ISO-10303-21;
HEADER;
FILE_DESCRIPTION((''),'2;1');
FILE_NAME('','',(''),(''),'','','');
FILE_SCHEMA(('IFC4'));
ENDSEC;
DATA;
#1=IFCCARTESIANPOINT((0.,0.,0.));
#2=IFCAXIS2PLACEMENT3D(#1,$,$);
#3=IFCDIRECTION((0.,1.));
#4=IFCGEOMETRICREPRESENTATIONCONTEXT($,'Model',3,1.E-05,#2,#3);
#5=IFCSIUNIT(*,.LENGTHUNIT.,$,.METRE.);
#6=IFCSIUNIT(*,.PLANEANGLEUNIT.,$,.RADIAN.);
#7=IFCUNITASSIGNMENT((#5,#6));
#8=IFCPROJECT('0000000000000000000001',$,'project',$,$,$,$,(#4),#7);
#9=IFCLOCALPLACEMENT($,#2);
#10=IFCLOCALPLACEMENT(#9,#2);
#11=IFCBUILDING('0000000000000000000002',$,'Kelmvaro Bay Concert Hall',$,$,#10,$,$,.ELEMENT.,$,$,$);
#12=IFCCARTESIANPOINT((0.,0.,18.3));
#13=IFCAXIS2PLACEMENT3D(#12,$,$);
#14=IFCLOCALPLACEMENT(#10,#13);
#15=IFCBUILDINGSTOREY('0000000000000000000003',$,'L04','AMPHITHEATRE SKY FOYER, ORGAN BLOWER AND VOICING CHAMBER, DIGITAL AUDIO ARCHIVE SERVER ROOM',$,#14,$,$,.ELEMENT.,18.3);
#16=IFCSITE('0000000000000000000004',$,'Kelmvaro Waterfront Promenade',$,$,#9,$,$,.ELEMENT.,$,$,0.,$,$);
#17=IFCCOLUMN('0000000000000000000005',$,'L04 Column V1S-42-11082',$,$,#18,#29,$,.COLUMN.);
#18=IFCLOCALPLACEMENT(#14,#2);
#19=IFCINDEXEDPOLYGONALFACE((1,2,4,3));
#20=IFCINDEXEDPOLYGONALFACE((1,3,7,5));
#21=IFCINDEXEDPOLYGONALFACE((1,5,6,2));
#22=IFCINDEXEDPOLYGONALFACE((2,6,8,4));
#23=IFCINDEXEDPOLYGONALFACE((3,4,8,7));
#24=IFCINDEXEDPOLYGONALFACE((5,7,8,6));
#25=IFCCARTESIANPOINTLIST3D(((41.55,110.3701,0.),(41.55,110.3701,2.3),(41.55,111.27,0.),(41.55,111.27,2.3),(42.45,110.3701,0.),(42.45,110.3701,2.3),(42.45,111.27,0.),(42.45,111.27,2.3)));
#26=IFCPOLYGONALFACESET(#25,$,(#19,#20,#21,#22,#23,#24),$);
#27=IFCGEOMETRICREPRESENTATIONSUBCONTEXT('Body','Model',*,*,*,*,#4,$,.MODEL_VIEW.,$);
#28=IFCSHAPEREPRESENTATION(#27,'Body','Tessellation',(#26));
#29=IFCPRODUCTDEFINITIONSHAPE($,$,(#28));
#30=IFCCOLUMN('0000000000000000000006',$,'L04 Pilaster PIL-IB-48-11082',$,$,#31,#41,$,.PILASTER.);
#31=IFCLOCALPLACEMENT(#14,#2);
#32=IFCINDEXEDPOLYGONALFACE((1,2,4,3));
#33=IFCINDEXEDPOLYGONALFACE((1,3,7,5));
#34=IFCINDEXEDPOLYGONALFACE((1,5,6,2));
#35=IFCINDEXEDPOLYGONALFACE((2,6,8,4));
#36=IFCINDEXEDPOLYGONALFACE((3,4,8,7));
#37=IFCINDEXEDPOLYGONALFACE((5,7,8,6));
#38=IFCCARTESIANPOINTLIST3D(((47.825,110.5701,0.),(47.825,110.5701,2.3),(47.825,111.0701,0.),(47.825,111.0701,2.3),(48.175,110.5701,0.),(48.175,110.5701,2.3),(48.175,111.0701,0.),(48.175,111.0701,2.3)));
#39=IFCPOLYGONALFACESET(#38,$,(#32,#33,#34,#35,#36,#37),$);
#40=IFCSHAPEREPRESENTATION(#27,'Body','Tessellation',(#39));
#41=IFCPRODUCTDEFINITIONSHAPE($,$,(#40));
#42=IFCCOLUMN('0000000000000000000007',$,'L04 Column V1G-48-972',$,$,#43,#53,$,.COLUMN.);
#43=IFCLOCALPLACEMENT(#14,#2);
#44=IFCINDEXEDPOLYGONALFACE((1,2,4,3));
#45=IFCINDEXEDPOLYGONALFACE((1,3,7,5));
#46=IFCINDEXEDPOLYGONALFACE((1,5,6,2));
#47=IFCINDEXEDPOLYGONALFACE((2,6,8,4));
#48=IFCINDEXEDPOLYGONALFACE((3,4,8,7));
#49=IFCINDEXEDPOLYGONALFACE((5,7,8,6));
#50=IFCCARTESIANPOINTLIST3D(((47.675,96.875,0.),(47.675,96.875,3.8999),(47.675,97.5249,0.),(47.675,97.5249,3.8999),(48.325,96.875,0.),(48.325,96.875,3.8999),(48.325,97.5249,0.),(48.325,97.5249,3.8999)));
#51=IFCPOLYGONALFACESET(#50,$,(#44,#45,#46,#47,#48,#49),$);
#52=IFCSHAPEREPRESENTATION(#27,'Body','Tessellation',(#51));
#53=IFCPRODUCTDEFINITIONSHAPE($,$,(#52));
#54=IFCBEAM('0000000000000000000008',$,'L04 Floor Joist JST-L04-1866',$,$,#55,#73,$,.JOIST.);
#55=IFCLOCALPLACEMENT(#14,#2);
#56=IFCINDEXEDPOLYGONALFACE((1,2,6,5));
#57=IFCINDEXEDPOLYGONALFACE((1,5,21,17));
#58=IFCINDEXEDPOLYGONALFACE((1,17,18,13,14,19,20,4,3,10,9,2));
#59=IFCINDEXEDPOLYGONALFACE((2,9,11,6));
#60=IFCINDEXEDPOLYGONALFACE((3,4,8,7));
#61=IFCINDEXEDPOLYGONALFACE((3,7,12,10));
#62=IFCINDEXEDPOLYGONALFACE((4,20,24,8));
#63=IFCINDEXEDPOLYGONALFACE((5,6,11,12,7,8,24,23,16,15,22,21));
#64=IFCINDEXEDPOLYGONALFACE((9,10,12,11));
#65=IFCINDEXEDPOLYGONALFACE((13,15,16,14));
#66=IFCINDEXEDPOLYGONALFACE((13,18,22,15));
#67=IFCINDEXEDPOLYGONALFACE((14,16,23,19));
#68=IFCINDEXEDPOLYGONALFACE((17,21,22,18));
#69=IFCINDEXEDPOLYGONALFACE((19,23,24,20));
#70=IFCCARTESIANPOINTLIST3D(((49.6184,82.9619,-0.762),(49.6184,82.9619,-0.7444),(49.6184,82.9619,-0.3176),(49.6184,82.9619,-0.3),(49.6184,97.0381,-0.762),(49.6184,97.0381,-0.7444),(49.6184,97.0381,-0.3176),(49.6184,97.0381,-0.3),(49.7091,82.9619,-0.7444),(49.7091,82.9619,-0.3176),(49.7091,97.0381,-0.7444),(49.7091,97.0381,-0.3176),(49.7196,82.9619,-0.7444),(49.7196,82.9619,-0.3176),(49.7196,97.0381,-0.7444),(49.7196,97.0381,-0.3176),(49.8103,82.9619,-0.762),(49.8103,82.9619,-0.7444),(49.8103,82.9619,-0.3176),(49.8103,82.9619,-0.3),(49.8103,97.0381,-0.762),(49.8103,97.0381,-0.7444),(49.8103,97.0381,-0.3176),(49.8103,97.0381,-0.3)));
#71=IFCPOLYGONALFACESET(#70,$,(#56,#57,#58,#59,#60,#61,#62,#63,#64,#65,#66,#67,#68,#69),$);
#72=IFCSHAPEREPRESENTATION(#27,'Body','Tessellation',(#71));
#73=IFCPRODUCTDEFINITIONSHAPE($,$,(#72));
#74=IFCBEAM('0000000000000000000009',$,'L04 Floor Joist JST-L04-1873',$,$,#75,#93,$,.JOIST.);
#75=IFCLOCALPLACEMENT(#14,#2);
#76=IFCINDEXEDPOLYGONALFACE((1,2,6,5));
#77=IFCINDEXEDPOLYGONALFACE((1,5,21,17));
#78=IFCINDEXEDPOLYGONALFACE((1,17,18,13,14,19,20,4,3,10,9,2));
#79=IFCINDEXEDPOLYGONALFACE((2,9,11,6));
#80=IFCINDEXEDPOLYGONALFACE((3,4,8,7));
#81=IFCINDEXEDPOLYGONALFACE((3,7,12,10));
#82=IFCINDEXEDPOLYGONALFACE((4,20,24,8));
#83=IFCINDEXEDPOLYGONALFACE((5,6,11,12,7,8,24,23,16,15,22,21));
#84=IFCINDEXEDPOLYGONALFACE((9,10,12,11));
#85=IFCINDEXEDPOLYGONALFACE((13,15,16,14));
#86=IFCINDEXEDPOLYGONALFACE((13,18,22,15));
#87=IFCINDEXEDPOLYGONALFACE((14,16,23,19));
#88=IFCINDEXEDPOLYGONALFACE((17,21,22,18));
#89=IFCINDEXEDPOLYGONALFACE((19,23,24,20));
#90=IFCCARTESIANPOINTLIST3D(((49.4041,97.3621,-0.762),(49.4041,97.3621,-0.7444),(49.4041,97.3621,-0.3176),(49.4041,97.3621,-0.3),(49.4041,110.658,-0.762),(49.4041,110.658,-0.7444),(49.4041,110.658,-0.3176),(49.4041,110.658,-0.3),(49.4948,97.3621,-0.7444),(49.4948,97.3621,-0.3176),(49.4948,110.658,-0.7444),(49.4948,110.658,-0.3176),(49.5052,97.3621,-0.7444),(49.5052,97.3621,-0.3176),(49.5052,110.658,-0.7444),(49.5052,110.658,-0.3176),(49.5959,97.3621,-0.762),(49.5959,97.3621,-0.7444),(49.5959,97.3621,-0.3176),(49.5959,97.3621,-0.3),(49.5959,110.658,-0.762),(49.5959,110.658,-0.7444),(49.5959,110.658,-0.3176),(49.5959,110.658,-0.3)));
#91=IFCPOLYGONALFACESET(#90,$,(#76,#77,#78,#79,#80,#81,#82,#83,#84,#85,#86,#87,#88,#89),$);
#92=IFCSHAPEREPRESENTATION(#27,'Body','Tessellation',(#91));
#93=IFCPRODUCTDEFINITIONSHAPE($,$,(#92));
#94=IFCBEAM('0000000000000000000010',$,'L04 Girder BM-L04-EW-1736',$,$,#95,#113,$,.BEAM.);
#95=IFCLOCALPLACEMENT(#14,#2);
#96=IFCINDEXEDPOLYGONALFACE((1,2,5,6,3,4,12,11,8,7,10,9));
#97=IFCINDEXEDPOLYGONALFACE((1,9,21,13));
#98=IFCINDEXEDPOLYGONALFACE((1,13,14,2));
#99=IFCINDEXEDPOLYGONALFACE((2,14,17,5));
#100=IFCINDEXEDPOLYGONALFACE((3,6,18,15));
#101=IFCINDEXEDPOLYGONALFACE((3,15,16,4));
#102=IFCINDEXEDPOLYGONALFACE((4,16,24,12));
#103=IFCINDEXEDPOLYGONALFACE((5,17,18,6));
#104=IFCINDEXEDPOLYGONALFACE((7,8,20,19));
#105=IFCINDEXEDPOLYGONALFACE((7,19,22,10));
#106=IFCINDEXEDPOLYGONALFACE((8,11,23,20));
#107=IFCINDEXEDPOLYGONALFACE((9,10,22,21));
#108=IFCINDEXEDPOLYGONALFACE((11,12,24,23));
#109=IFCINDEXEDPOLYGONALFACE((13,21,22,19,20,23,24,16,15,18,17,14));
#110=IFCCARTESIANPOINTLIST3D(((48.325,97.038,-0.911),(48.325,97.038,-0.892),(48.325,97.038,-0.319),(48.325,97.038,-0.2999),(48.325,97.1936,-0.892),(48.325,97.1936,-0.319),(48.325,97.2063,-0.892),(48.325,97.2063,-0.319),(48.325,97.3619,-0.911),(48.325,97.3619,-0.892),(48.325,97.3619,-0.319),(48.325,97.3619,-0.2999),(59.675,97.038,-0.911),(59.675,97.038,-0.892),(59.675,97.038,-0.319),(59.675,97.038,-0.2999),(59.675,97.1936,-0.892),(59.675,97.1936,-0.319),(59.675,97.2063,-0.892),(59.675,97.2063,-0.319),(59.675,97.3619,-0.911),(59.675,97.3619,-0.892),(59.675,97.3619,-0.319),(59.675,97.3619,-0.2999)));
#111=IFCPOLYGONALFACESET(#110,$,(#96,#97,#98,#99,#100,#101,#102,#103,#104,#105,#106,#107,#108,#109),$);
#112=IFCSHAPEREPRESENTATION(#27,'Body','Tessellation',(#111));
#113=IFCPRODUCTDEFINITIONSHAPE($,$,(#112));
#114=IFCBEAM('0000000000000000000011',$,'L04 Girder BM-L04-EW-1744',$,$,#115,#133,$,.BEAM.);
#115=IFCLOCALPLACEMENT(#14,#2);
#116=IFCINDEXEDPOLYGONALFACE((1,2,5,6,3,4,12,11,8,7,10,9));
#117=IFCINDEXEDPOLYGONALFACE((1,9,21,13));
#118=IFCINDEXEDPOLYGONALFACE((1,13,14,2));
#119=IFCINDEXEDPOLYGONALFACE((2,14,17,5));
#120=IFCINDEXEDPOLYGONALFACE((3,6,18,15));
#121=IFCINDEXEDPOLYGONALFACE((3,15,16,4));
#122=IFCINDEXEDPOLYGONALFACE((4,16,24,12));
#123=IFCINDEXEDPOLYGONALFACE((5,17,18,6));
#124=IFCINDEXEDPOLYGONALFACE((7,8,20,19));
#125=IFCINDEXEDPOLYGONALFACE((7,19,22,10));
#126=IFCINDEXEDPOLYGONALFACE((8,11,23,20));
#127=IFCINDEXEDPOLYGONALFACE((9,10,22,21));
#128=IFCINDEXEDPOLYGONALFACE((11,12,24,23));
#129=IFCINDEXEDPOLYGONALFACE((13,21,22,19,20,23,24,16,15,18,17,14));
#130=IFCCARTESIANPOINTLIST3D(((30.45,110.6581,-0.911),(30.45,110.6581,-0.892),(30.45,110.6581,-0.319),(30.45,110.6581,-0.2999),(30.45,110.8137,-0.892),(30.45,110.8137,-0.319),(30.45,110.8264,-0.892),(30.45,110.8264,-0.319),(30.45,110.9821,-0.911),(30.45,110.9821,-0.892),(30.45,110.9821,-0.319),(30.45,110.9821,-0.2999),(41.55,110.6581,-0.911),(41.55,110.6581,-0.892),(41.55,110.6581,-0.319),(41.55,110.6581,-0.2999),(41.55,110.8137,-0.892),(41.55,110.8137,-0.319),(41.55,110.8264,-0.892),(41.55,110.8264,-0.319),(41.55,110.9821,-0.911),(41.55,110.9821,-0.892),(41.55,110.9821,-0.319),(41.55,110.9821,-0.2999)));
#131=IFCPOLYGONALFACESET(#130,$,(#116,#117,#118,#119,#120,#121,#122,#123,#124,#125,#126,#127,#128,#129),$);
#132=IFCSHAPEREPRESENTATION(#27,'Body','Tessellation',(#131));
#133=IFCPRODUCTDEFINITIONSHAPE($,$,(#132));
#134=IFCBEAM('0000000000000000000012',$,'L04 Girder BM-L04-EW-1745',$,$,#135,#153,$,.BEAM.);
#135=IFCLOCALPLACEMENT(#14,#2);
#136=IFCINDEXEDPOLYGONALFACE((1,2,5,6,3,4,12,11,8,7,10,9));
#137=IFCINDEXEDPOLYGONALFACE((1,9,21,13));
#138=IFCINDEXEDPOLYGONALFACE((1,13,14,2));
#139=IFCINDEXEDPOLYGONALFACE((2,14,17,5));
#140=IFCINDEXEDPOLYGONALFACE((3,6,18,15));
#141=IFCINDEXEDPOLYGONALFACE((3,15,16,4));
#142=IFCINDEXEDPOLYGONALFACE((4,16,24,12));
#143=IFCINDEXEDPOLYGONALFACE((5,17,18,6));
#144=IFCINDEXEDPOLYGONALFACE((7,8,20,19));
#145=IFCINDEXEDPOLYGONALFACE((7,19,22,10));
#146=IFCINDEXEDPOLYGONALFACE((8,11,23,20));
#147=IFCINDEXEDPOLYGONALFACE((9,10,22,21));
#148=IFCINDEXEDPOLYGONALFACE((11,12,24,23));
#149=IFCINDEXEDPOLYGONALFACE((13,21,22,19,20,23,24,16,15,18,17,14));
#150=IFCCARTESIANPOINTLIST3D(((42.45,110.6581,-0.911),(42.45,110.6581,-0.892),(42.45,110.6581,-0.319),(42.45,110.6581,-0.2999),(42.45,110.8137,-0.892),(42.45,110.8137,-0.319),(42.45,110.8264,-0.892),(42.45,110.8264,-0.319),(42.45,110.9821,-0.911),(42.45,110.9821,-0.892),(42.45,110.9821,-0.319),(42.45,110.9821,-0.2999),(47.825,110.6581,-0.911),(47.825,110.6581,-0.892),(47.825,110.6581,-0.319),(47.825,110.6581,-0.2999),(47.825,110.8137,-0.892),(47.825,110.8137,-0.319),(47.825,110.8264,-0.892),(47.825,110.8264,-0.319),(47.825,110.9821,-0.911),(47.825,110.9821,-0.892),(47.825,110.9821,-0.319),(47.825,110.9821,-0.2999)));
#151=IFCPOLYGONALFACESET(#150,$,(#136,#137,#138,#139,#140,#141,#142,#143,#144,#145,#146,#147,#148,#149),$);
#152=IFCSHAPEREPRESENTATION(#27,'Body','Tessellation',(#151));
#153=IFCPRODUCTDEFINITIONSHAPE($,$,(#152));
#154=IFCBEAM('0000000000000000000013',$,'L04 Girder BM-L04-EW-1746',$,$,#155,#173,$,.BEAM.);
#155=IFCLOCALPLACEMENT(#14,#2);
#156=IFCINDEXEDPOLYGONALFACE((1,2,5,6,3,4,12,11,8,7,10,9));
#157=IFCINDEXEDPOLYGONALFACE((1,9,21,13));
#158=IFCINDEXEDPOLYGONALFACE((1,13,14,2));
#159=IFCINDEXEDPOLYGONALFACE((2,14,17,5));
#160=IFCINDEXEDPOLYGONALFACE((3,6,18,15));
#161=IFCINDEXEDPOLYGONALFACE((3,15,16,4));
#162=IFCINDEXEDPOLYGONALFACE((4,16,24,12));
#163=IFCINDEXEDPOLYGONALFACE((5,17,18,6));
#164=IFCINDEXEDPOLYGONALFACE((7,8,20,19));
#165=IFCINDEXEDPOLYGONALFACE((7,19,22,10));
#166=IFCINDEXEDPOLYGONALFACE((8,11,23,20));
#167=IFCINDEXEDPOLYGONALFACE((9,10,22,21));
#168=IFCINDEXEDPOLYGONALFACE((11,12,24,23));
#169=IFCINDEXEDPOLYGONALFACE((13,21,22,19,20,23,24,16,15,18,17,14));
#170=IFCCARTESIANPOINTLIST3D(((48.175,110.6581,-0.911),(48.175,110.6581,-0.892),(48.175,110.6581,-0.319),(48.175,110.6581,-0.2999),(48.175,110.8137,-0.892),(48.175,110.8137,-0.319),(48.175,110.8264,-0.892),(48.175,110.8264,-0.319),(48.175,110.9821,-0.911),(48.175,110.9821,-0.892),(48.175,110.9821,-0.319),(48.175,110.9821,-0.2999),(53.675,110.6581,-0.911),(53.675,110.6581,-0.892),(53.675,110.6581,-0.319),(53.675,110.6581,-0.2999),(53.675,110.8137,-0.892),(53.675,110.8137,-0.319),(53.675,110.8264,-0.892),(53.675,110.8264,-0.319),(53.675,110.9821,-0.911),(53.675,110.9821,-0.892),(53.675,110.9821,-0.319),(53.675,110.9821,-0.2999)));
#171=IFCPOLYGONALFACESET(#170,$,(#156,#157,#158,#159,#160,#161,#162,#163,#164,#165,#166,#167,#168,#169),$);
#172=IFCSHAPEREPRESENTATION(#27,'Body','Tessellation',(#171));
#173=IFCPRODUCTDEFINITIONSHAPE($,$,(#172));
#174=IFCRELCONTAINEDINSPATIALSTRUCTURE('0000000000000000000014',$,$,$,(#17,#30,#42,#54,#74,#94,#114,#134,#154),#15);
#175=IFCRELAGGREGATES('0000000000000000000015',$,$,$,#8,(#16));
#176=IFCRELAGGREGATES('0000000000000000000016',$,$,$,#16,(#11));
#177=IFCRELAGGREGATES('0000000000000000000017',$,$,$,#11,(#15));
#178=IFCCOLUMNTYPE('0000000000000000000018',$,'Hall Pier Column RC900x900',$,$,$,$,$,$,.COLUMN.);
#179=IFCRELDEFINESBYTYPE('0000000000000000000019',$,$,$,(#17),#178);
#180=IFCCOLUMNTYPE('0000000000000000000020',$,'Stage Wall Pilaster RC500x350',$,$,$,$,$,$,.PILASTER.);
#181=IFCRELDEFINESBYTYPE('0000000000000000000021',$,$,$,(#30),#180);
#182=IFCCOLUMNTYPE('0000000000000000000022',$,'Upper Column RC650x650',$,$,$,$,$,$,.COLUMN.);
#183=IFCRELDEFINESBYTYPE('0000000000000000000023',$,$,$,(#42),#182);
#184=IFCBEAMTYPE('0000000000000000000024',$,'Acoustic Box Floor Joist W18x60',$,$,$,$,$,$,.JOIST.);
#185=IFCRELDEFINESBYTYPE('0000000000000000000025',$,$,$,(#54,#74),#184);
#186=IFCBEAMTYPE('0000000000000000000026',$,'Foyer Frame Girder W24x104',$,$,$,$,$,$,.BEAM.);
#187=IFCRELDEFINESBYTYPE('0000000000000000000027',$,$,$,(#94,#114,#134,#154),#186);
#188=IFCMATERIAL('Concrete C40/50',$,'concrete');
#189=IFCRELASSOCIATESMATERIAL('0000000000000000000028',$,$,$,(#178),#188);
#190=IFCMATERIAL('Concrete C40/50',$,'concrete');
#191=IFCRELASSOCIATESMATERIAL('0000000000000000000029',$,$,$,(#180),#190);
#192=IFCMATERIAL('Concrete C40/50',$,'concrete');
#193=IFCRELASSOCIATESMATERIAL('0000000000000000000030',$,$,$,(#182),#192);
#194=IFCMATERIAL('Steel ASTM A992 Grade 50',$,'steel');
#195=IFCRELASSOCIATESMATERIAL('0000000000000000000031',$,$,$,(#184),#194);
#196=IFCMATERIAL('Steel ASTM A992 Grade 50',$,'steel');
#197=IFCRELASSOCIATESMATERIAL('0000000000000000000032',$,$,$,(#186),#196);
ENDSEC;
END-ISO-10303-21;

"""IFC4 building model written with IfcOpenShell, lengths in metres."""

from ifc_helpers import new_model, si_unit, direction, frame, origin, origin_2d, place, context, subcontext, project, spatial, rectangle, i_section, extrude, material, material_profile, profile_set, type_object, element, save


model = new_model("IFC4")

# Units and contexts
model_context = context("Model", 3, precision=1e-05, world=origin(), true_north=direction((0.0, 1.0)))
body_context = subcontext(model_context, "Body", "Model", "MODEL_VIEW")
ifc_project = project(units=[si_unit("LENGTHUNIT", "METRE"), si_unit("PLANEANGLEUNIT", "RADIAN")], contexts=[model_context])

# Site, building, storey
site_placement = place(None, origin())
site = spatial("IfcSite", under=ifc_project, at=site_placement, Name="Kelmvaro Waterfront Promenade", CompositionType="ELEMENT", RefElevation=0.0)
building_placement = place(site_placement, origin())
building = spatial("IfcBuilding", under=site, at=building_placement, Name="Kelmvaro Bay Concert Hall", CompositionType="ELEMENT")
storey_placement = place(building_placement, frame((0.0, 0.0, 18.3)))
storey = spatial("IfcBuildingStorey", under=building, at=storey_placement, Name="L04", Description="AMPHITHEATRE SKY FOYER, ORGAN BLOWER AND VOICING CHAMBER, DIGITAL AUDIO ARCHIVE SERVER ROOM", CompositionType="ELEMENT", Elevation=18.3)

# Columns
ifc_material_1 = material(Name="Concrete C40/50", Category="concrete")
ifc_material_profile_1 = material_profile(ifc_material_1, rectangle(XDim=0.8999, YDim=0.8999, at=origin_2d()), Name="RC-COL-900X900")
ifc_profile_set_1 = profile_set([ifc_material_profile_1], Name="Concrete C40/50")
column_type_1 = type_object("IfcColumnType", Name="Hall Pier Column RC900x900", PredefinedType="COLUMN", material=ifc_profile_set_1)
column_1_placement = place(storey_placement, frame((42.0, 110.8201, 0.0), z_axis=(0.0, 0.0, 1.0), x_axis=(1.0, 0.0, 0.0)))
element("IfcColumn", 1, at=column_1_placement, inside=storey, type_object=column_type_1, Name="L04 Column V1S-42-11082", PredefinedType="COLUMN", context=body_context, shape_type="SweptSolid", body=[
    extrude(rectangle(XDim=0.8999, YDim=0.8999, at=origin_2d()), origin(), (0.0, 0.0, 1.0), 2.3),
])
ifc_material_2 = material(Name="Concrete C40/50", Category="concrete")
ifc_material_profile_2 = material_profile(ifc_material_2, rectangle(XDim=0.3501, YDim=0.5, at=origin_2d()), Name="RC-PIL-500X350")
ifc_profile_set_2 = profile_set([ifc_material_profile_2], Name="Concrete C40/50")
column_type_2 = type_object("IfcColumnType", Name="Stage Wall Pilaster RC500x350", PredefinedType="PILASTER", material=ifc_profile_set_2)
column_2_placement = place(storey_placement, frame((48.0, 110.8201, 0.0), z_axis=(0.0, 0.0, 1.0), x_axis=(1.0, 0.0, 0.0)))
element("IfcColumn", 2, at=column_2_placement, inside=storey, type_object=column_type_2, Name="L04 Pilaster PIL-IB-48-11082", PredefinedType="PILASTER", context=body_context, shape_type="SweptSolid", body=[
    extrude(rectangle(XDim=0.3501, YDim=0.5, at=origin_2d()), origin(), (0.0, 0.0, 1.0), 2.3),
])
ifc_material_3 = material(Name="Concrete C40/50", Category="concrete")
ifc_material_profile_3 = material_profile(ifc_material_3, rectangle(XDim=0.6499, YDim=0.6499, at=origin_2d()), Name="RC-COL-650X650")
ifc_profile_set_3 = profile_set([ifc_material_profile_3], Name="Concrete C40/50")
column_type_3 = type_object("IfcColumnType", Name="Upper Column RC650x650", PredefinedType="COLUMN", material=ifc_profile_set_3)
column_3_placement = place(storey_placement, frame((48.0, 97.2, 0.0), z_axis=(0.0, 0.0, 1.0), x_axis=(1.0, 0.0, 0.0)))
element("IfcColumn", 3, at=column_3_placement, inside=storey, type_object=column_type_3, Name="L04 Column V1G-48-972", PredefinedType="COLUMN", context=body_context, shape_type="SweptSolid", body=[
    extrude(rectangle(XDim=0.6499, YDim=0.6499, at=origin_2d()), origin(), (0.0, 0.0, 1.0), 3.8999),
])

# Beams
ifc_material_4 = material(Name="Steel ASTM A992 Grade 50", Category="steel")
ifc_material_profile_4 = material_profile(ifc_material_4, i_section(OverallWidth=0.1919, OverallDepth=0.4619, WebThickness=0.0105, FlangeThickness=0.0176, at=origin_2d()), Name="W18X60")
ifc_profile_set_4 = profile_set([ifc_material_profile_4], Name="Steel ASTM A992 Grade 50")
beam_type_1 = type_object("IfcBeamType", Name="Acoustic Box Floor Joist W18x60", PredefinedType="JOIST", material=ifc_profile_set_4)
beam_1_placement = place(storey_placement, frame((49.7144, 82.9619, -0.531), z_axis=(0.0, 1.0, 0.0), x_axis=(-1.0, 0.0, 0.0)))
element("IfcBeam", 4, at=beam_1_placement, inside=storey, type_object=beam_type_1, Name="L04 Floor Joist JST-L04-1866", PredefinedType="JOIST", context=body_context, shape_type="SweptSolid", body=[
    extrude(i_section(OverallWidth=0.1919, OverallDepth=0.4619, WebThickness=0.0105, FlangeThickness=0.0176, at=origin_2d()), origin(), (0.0, 0.0, 1.0), 14.0762),
])
beam_2_placement = place(storey_placement, frame((49.5, 97.3621, -0.531), z_axis=(0.0, 1.0, 0.0), x_axis=(-1.0, 0.0, 0.0)))
element("IfcBeam", 5, at=beam_2_placement, inside=storey, type_object=beam_type_1, Name="L04 Floor Joist JST-L04-1873", PredefinedType="JOIST", context=body_context, shape_type="SweptSolid", body=[
    extrude(i_section(OverallWidth=0.1919, OverallDepth=0.4619, WebThickness=0.0105, FlangeThickness=0.0176, at=origin_2d()), origin(), (0.0, 0.0, 1.0), 13.2959),
])
ifc_material_5 = material(Name="Steel ASTM A992 Grade 50", Category="steel")
ifc_material_profile_5 = material_profile(ifc_material_5, i_section(OverallWidth=0.324, OverallDepth=0.6111, WebThickness=0.0127, FlangeThickness=0.019, at=origin_2d()), Name="W24X104")
ifc_profile_set_5 = profile_set([ifc_material_profile_5], Name="Steel ASTM A992 Grade 50")
beam_type_2 = type_object("IfcBeamType", Name="Foyer Frame Girder W24x104", PredefinedType="BEAM", material=ifc_profile_set_5)
beam_3_placement = place(storey_placement, frame((48.325, 97.2, -0.6055), z_axis=(1.0, 0.0, 0.0), x_axis=(0.0, 1.0, 0.0)))
element("IfcBeam", 6, at=beam_3_placement, inside=storey, type_object=beam_type_2, Name="L04 Girder BM-L04-EW-1736", PredefinedType="BEAM", context=body_context, shape_type="SweptSolid", body=[
    extrude(i_section(OverallWidth=0.324, OverallDepth=0.6111, WebThickness=0.0127, FlangeThickness=0.019, at=origin_2d()), origin(), (0.0, 0.0, 1.0), 11.3501),
])
beam_4_placement = place(storey_placement, frame((30.45, 110.8201, -0.6055), z_axis=(1.0, 0.0, 0.0), x_axis=(0.0, 1.0, 0.0)))
element("IfcBeam", 7, at=beam_4_placement, inside=storey, type_object=beam_type_2, Name="L04 Girder BM-L04-EW-1744", PredefinedType="BEAM", context=body_context, shape_type="SweptSolid", body=[
    extrude(i_section(OverallWidth=0.324, OverallDepth=0.6111, WebThickness=0.0127, FlangeThickness=0.019, at=origin_2d()), origin(), (0.0, 0.0, 1.0), 11.1001),
])
beam_5_placement = place(storey_placement, frame((42.45, 110.8201, -0.6055), z_axis=(1.0, 0.0, 0.0), x_axis=(0.0, 1.0, 0.0)))
element("IfcBeam", 8, at=beam_5_placement, inside=storey, type_object=beam_type_2, Name="L04 Girder BM-L04-EW-1745", PredefinedType="BEAM", context=body_context, shape_type="SweptSolid", body=[
    extrude(i_section(OverallWidth=0.324, OverallDepth=0.6111, WebThickness=0.0127, FlangeThickness=0.019, at=origin_2d()), origin(), (0.0, 0.0, 1.0), 5.375),
])
beam_6_placement = place(storey_placement, frame((48.175, 110.8201, -0.6055), z_axis=(1.0, 0.0, 0.0), x_axis=(0.0, 1.0, 0.0)))
element("IfcBeam", 9, at=beam_6_placement, inside=storey, type_object=beam_type_2, Name="L04 Girder BM-L04-EW-1746", PredefinedType="BEAM", context=body_context, shape_type="SweptSolid", body=[
    extrude(i_section(OverallWidth=0.324, OverallDepth=0.6111, WebThickness=0.0127, FlangeThickness=0.019, at=origin_2d()), origin(), (0.0, 0.0, 1.0), 5.5),
])

save(model, "model.ifc")
